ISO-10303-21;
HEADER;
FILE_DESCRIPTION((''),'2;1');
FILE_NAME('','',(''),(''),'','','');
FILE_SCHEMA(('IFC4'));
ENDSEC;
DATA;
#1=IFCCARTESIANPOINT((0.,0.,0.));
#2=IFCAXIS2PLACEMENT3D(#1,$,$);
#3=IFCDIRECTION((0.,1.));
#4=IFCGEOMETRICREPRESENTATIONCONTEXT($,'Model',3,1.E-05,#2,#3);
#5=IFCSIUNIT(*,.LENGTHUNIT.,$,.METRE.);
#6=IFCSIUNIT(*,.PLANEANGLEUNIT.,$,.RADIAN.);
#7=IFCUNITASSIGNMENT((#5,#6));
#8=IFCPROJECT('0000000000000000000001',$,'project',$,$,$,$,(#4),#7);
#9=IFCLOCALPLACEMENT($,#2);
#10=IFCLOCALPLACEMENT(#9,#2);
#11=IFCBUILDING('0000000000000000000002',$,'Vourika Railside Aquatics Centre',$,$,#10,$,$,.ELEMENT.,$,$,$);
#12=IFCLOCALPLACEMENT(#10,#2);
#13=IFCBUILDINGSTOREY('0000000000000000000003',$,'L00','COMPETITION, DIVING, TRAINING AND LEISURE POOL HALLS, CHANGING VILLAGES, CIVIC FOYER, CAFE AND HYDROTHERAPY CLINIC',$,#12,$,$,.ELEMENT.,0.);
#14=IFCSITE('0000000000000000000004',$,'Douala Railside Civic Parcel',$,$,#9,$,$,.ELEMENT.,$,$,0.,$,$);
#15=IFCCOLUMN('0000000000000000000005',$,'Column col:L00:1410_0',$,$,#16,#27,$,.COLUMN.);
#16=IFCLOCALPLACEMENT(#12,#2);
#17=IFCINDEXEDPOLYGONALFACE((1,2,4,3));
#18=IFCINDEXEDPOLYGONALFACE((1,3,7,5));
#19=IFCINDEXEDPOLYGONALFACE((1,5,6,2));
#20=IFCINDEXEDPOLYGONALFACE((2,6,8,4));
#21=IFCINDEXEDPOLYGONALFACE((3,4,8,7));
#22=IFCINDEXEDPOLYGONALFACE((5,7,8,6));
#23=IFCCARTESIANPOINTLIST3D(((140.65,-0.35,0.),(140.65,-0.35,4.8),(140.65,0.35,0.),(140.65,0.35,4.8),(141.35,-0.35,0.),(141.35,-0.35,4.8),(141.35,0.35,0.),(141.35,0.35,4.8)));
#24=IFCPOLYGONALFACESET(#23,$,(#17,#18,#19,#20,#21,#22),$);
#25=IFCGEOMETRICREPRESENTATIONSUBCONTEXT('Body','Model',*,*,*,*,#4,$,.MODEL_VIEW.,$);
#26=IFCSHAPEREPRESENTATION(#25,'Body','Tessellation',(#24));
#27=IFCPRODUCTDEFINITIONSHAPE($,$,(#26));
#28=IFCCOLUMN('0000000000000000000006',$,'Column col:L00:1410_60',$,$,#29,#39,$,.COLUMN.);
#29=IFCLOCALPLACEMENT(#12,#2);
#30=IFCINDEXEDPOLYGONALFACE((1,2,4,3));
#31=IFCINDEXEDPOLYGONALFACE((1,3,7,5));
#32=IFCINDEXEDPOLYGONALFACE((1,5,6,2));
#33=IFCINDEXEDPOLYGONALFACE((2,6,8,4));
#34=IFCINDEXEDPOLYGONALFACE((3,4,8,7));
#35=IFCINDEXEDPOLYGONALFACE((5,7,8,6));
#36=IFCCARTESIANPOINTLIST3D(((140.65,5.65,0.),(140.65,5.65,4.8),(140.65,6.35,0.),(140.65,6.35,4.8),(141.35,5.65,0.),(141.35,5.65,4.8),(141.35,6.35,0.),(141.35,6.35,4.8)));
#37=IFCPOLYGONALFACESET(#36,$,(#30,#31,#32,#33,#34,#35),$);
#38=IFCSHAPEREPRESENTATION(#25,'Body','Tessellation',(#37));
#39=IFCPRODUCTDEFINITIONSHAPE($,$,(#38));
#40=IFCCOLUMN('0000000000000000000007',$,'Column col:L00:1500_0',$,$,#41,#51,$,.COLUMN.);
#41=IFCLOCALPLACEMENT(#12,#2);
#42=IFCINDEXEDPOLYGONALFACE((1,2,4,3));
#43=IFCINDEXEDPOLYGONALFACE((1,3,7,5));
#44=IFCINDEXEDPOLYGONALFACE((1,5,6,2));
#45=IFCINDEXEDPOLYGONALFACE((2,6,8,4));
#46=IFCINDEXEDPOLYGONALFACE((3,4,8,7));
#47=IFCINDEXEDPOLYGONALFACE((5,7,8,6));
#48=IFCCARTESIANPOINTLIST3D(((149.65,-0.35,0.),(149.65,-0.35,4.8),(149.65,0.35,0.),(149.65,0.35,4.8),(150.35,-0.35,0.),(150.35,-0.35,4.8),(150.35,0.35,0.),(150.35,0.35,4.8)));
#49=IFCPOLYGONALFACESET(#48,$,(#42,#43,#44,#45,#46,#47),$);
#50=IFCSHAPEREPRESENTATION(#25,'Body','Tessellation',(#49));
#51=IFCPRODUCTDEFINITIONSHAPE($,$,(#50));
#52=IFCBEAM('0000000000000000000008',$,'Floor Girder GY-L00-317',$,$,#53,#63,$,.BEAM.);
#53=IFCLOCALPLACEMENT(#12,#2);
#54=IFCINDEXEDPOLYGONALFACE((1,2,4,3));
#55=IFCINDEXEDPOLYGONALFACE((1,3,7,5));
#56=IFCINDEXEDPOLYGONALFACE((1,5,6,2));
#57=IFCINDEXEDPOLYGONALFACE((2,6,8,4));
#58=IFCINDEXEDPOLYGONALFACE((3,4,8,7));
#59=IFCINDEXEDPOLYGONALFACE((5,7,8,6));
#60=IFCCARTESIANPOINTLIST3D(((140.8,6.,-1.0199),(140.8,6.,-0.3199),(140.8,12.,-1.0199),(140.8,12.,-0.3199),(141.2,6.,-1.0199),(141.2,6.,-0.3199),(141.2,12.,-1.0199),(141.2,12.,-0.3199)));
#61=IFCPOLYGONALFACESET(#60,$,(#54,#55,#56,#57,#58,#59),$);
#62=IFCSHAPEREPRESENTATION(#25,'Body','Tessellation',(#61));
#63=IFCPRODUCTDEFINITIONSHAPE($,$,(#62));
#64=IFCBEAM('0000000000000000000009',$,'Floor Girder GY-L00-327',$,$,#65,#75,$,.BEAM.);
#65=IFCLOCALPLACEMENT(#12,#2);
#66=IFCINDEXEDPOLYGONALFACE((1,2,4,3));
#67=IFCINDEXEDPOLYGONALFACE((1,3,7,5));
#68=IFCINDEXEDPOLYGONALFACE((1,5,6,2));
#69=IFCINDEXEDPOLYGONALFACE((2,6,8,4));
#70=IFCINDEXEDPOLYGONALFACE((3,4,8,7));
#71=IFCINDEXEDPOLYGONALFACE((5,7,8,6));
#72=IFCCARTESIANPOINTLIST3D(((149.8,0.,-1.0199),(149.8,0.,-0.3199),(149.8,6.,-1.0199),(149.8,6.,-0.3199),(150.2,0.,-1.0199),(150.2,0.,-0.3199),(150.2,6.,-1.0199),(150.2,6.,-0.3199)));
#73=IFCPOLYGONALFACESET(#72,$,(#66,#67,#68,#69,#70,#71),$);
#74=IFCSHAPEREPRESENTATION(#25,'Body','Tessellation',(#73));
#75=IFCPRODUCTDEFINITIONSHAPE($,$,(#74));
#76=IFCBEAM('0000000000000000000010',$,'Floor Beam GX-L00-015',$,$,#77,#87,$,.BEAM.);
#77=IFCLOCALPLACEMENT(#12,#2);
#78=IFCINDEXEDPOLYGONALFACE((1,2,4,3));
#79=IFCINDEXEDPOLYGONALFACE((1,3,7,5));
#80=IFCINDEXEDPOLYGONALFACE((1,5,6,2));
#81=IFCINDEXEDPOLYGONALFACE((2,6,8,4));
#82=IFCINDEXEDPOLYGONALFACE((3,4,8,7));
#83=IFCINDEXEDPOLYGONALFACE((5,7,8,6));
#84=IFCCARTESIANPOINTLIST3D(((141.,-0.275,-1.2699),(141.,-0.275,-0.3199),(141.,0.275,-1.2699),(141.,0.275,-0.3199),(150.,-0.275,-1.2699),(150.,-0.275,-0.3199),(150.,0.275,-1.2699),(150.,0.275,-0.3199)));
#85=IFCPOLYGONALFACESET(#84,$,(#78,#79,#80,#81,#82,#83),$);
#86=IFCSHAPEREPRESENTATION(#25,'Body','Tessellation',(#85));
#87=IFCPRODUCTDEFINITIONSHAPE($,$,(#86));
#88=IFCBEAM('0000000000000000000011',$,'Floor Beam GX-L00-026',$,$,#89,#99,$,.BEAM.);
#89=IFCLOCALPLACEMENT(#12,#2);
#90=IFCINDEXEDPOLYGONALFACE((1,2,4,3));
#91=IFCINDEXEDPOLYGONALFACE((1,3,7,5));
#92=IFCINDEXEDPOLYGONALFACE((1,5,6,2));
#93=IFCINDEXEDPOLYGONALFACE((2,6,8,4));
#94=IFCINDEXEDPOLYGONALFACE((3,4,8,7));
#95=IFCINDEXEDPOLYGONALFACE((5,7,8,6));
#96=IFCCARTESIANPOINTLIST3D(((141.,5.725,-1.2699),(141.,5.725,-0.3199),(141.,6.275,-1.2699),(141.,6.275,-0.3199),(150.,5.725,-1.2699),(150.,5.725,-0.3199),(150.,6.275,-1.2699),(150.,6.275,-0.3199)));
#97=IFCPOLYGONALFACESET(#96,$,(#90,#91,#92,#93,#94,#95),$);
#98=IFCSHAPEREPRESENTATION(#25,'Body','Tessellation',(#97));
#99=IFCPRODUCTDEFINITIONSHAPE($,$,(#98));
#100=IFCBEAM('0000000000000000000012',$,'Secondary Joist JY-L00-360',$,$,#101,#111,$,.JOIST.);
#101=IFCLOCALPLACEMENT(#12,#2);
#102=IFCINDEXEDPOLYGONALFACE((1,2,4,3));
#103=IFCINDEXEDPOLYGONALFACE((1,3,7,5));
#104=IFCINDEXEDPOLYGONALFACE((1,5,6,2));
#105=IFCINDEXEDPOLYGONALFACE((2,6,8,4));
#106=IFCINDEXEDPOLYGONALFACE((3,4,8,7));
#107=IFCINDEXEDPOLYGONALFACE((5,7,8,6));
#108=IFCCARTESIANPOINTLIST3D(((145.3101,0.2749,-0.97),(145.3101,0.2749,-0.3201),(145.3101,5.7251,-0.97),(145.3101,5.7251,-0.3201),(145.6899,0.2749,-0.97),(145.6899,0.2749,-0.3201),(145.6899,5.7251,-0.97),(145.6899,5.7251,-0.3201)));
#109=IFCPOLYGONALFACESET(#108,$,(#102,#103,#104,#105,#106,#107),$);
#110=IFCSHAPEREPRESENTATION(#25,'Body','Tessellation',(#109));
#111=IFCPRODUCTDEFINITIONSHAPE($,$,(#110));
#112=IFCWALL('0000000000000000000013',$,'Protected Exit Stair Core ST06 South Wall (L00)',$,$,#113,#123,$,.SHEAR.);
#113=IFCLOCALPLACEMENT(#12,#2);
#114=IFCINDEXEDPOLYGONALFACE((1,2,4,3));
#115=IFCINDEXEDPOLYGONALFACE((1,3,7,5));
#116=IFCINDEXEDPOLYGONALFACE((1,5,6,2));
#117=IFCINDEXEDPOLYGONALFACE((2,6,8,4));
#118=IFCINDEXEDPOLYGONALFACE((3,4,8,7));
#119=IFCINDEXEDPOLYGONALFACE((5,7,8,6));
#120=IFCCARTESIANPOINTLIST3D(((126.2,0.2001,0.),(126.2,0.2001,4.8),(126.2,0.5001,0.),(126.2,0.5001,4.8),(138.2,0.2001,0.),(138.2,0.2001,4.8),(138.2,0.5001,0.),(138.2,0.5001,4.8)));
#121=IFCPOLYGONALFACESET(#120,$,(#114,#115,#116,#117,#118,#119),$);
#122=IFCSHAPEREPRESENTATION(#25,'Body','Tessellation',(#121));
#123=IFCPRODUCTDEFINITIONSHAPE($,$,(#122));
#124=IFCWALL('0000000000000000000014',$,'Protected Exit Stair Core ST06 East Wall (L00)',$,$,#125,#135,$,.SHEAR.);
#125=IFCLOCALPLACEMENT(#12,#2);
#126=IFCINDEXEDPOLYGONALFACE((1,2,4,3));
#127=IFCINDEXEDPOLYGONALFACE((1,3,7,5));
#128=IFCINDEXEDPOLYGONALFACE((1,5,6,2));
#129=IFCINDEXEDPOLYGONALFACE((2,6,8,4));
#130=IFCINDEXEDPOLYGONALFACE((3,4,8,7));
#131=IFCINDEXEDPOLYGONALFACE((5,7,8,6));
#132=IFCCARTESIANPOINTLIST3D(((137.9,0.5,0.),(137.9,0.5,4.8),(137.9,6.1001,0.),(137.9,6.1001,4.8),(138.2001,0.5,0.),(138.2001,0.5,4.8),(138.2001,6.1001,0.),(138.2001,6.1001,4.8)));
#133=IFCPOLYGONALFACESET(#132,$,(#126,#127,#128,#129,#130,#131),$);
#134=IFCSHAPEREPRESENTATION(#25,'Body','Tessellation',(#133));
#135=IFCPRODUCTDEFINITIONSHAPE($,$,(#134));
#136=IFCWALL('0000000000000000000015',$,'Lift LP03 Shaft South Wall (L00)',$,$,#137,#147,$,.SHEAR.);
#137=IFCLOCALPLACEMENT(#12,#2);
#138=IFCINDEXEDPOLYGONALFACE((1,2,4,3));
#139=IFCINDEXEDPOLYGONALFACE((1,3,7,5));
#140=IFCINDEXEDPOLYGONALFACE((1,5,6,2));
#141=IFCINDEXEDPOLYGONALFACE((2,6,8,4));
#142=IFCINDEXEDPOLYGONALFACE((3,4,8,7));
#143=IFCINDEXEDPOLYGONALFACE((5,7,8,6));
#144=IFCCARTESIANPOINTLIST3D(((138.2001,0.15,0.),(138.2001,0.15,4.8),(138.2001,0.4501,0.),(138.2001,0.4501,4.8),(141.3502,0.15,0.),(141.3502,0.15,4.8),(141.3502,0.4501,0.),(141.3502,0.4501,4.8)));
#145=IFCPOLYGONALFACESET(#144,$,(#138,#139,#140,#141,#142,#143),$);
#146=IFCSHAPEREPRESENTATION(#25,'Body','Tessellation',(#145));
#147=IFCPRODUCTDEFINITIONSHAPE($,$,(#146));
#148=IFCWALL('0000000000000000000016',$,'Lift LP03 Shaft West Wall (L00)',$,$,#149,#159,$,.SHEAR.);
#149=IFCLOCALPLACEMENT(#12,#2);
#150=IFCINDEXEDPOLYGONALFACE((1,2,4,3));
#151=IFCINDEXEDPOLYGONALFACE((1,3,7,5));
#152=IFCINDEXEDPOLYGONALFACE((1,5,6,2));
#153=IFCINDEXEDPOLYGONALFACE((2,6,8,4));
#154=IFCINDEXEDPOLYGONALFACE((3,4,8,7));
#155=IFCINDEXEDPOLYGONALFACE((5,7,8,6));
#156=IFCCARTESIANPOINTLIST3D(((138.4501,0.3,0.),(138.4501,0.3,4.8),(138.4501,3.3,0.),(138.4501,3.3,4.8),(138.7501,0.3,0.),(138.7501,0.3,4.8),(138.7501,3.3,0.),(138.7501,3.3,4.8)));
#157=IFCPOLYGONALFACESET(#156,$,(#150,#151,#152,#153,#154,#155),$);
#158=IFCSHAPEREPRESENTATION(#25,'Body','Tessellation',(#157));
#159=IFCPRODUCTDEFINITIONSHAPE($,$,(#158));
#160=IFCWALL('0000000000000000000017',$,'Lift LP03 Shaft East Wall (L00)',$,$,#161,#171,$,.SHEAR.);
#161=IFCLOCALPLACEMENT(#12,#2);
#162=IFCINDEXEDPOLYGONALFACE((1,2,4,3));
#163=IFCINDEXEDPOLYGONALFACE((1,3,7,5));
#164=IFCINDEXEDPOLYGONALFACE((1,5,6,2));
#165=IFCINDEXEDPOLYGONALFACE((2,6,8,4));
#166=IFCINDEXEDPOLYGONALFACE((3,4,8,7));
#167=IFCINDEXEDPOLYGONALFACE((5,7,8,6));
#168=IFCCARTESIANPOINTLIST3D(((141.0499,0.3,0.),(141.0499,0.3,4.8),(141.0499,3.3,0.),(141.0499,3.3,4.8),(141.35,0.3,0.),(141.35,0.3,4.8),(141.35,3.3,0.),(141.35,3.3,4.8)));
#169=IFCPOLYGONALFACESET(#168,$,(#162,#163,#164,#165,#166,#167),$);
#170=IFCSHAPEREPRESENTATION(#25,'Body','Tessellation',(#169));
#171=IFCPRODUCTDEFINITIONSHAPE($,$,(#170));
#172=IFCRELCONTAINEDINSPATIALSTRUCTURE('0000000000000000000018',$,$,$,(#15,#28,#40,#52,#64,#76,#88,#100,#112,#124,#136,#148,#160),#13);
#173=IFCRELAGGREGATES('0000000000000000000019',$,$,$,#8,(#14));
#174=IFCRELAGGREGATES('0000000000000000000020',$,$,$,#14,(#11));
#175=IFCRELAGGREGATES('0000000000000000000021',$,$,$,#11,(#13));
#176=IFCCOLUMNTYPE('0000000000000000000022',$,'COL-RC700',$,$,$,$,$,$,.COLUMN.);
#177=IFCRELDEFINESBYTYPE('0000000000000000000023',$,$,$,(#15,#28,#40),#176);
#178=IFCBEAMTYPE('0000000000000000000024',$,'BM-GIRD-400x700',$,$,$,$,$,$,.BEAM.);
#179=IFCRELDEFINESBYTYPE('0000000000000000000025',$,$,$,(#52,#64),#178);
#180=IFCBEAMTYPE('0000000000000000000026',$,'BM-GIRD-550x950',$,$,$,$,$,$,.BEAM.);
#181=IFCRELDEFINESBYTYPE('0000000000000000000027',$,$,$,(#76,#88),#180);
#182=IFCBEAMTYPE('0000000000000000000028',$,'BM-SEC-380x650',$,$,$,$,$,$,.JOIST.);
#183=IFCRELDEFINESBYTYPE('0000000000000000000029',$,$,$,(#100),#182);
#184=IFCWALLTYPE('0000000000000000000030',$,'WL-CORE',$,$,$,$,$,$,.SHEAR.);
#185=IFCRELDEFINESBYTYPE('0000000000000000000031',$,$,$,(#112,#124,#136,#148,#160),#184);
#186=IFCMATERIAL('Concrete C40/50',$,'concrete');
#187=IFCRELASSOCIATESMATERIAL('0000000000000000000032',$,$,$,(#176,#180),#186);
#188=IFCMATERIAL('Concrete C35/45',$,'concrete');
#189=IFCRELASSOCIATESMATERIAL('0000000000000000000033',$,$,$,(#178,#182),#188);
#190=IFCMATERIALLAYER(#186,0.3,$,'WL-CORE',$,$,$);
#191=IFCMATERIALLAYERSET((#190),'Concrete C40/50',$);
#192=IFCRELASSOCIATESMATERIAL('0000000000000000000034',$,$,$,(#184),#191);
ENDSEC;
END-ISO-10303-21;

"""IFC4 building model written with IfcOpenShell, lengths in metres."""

from ifc_helpers import new_model, si_unit, direction, frame, frame_2d, origin, origin_2d, place, context, subcontext, project, spatial, rectangle, extrude, material, layer, layer_set, material_profile, profile_set, type_object, element, save


model = new_model("IFC4")

# Units and contexts
model_context = context("Model", 3, precision=1e-05, world=origin(), true_north=direction((0.0, 1.0)))
body_context = subcontext(model_context, "Body", "Model", "MODEL_VIEW")
ifc_project = project(units=[si_unit("LENGTHUNIT", "METRE"), si_unit("PLANEANGLEUNIT", "RADIAN")], contexts=[model_context])

# Site, building, storey
site_placement = place(None, origin())
site = spatial("IfcSite", under=ifc_project, at=site_placement, Name="Douala Railside Civic Parcel", CompositionType="ELEMENT", RefElevation=0.0)
building_placement = place(site_placement, origin())
building = spatial("IfcBuilding", under=site, at=building_placement, Name="Vourika Railside Aquatics Centre", CompositionType="ELEMENT")
storey_placement = place(building_placement, origin())
storey = spatial("IfcBuildingStorey", under=building, at=storey_placement, Name="L00", Description="COMPETITION, DIVING, TRAINING AND LEISURE POOL HALLS, CHANGING VILLAGES, CIVIC FOYER, CAFE AND HYDROTHERAPY CLINIC", CompositionType="ELEMENT", Elevation=0.0)

# Columns
ifc_material_1 = material(Name="Concrete C40/50", Category="concrete")
ifc_material_profile_1 = material_profile(ifc_material_1, rectangle(XDim=0.7, YDim=0.7, at=origin_2d()), Name="RC 700x700")
ifc_profile_set_1 = profile_set([ifc_material_profile_1], Name="Concrete C40/50")
column_type = type_object("IfcColumnType", Name="COL-RC700", PredefinedType="COLUMN", material=ifc_profile_set_1)
for number, where, z_axis, x_axis, name in (
    (1, (141.0, 0.0, 0.0), (0.0, 0.0, 1.0), (1.0, 0.0, 0.0), "Column col:L00:1410_0"),
    (2, (141.0, 6.0, 0.0), (0.0, 0.0, 1.0), (1.0, 0.0, 0.0), "Column col:L00:1410_60"),
    (3, (150.0, 0.0, 0.0), (0.0, 0.0, 1.0), (1.0, 0.0, 0.0), "Column col:L00:1500_0"),
):
    element("IfcColumn", number, at=place(storey_placement, frame(where, z_axis=z_axis, x_axis=x_axis)), inside=storey, type_object=column_type, Name=name, PredefinedType="COLUMN", context=body_context, shape_type="SweptSolid", body=[
        extrude(rectangle(XDim=0.7, YDim=0.7, at=origin_2d()), origin(), (0.0, 0.0, 1.0), 4.8),
    ])

# Beams
ifc_material_2 = material(Name="Concrete C35/45", Category="concrete")
ifc_material_profile_2 = material_profile(ifc_material_2, rectangle(XDim=0.3999, YDim=0.7, at=origin_2d()), Name="RC 400x700")
ifc_profile_set_2 = profile_set([ifc_material_profile_2], Name="Concrete C35/45")
beam_type_1 = type_object("IfcBeamType", Name="BM-GIRD-400x700", PredefinedType="BEAM", material=ifc_profile_set_2)
for number, where, z_axis, x_axis, name in (
    (4, (141.0, 6.0, -0.6699), (0.0, 1.0, 0.0), (-1.0, 0.0, 0.0), "Floor Girder GY-L00-317"),
    (5, (150.0, 0.0, -0.6699), (0.0, 1.0, 0.0), (-1.0, 0.0, 0.0), "Floor Girder GY-L00-327"),
):
    element("IfcBeam", number, at=place(storey_placement, frame(where, z_axis=z_axis, x_axis=x_axis)), inside=storey, type_object=beam_type_1, Name=name, PredefinedType="BEAM", context=body_context, shape_type="SweptSolid", body=[
        extrude(rectangle(XDim=0.3999, YDim=0.7, at=origin_2d()), origin(), (0.0, 0.0, 1.0), 6.0),
    ])
ifc_material_profile_3 = material_profile(ifc_material_1, rectangle(XDim=0.55, YDim=0.95, at=origin_2d()), Name="RC 550x950")
ifc_profile_set_3 = profile_set([ifc_material_profile_3], Name="Concrete C40/50")
beam_type_2 = type_object("IfcBeamType", Name="BM-GIRD-550x950", PredefinedType="BEAM", material=ifc_profile_set_3)
for number, where, z_axis, x_axis, name in (
    (6, (141.0, 0.0, -0.7949), (1.0, 0.0, 0.0), (0.0, 1.0, 0.0), "Floor Beam GX-L00-015"),
    (7, (141.0, 6.0, -0.7949), (1.0, 0.0, 0.0), (0.0, 1.0, 0.0), "Floor Beam GX-L00-026"),
):
    element("IfcBeam", number, at=place(storey_placement, frame(where, z_axis=z_axis, x_axis=x_axis)), inside=storey, type_object=beam_type_2, Name=name, PredefinedType="BEAM", context=body_context, shape_type="SweptSolid", body=[
        extrude(rectangle(XDim=0.55, YDim=0.95, at=origin_2d()), origin(), (0.0, 0.0, 1.0), 9.0),
    ])
ifc_material_profile_4 = material_profile(ifc_material_2, rectangle(XDim=0.3799, YDim=0.6499, at=origin_2d()), Name="RC 380x650")
ifc_profile_set_4 = profile_set([ifc_material_profile_4], Name="Concrete C35/45")
beam_type_3 = type_object("IfcBeamType", Name="BM-SEC-380x650", PredefinedType="JOIST", material=ifc_profile_set_4)
beam_placement = place(storey_placement, frame((145.5, 0.2749, -0.645), z_axis=(0.0, 1.0, 0.0), x_axis=(-1.0, 0.0, 0.0)))
element("IfcBeam", 8, at=beam_placement, inside=storey, type_object=beam_type_3, Name="Secondary Joist JY-L00-360", PredefinedType="JOIST", context=body_context, shape_type="SweptSolid", body=[
    extrude(rectangle(XDim=0.3799, YDim=0.6499, at=origin_2d()), origin(), (0.0, 0.0, 1.0), 5.4502),
])

# Walls
ifc_layer_1 = layer(ifc_material_1, 0.3, Name="WL-CORE")
ifc_layer_set_1 = layer_set([ifc_layer_1], Name="Concrete C40/50")
wall_type_1 = type_object("IfcWallType", Name="WL-CORE", PredefinedType="SHEAR", material=ifc_layer_set_1)
wall_1_placement = place(storey_placement, frame((138.2, 0.3501, 0.0), z_axis=(0.0, 0.0, 1.0), x_axis=(-1.0, 0.0, 0.0)))
element("IfcWall", 9, at=wall_1_placement, inside=storey, type_object=wall_type_1, Name="Protected Exit Stair Core ST06 South Wall (L00)", PredefinedType="SHEAR", context=body_context, shape_type="SweptSolid", body=[
    extrude(rectangle(XDim=12.0, YDim=0.3, at=frame_2d((6.0, 0.0))), origin(), (0.0, 0.0, 1.0), 4.8),
])
wall_2_placement = place(storey_placement, frame((138.05, 0.5, 0.0), z_axis=(0.0, 0.0, 1.0), x_axis=(0.0, 1.0, 0.0)))
element("IfcWall", 10, at=wall_2_placement, inside=storey, type_object=wall_type_1, Name="Protected Exit Stair Core ST06 East Wall (L00)", PredefinedType="SHEAR", context=body_context, shape_type="SweptSolid", body=[
    extrude(rectangle(XDim=5.6001, YDim=0.3, at=frame_2d((2.8, 0.0))), origin(), (0.0, 0.0, 1.0), 4.8),
])
wall_3_placement = place(storey_placement, frame((138.2, 0.3, 0.0), z_axis=(0.0, 0.0, 1.0), x_axis=(1.0, 0.0, 0.0)))
element("IfcWall", 11, at=wall_3_placement, inside=storey, type_object=wall_type_1, Name="Lift LP03 Shaft South Wall (L00)", PredefinedType="SHEAR", context=body_context, shape_type="SweptSolid", body=[
    extrude(rectangle(XDim=3.1501, YDim=0.3, at=frame_2d((1.5752, 0.0))), origin(), (0.0, 0.0, 1.0), 4.8),
])

# Walls
for number, where, z_axis, x_axis, name in (
    (12, (138.6001, 3.3, 0.0), (0.0, 0.0, 1.0), (0.0, -1.0, 0.0), "Lift LP03 Shaft West Wall (L00)"),
    (13, (141.2, 0.3, 0.0), (0.0, 0.0, 1.0), (0.0, 1.0, 0.0), "Lift LP03 Shaft East Wall (L00)"),
):
    element("IfcWall", number, at=place(storey_placement, frame(where, z_axis=z_axis, x_axis=x_axis)), inside=storey, type_object=wall_type_1, Name=name, PredefinedType="SHEAR", context=body_context, shape_type="SweptSolid", body=[
        extrude(rectangle(XDim=3.0, YDim=0.3, at=frame_2d((1.5, 0.0))), origin(), (0.0, 0.0, 1.0), 4.8),
    ])

save(model, "model.ifc")
